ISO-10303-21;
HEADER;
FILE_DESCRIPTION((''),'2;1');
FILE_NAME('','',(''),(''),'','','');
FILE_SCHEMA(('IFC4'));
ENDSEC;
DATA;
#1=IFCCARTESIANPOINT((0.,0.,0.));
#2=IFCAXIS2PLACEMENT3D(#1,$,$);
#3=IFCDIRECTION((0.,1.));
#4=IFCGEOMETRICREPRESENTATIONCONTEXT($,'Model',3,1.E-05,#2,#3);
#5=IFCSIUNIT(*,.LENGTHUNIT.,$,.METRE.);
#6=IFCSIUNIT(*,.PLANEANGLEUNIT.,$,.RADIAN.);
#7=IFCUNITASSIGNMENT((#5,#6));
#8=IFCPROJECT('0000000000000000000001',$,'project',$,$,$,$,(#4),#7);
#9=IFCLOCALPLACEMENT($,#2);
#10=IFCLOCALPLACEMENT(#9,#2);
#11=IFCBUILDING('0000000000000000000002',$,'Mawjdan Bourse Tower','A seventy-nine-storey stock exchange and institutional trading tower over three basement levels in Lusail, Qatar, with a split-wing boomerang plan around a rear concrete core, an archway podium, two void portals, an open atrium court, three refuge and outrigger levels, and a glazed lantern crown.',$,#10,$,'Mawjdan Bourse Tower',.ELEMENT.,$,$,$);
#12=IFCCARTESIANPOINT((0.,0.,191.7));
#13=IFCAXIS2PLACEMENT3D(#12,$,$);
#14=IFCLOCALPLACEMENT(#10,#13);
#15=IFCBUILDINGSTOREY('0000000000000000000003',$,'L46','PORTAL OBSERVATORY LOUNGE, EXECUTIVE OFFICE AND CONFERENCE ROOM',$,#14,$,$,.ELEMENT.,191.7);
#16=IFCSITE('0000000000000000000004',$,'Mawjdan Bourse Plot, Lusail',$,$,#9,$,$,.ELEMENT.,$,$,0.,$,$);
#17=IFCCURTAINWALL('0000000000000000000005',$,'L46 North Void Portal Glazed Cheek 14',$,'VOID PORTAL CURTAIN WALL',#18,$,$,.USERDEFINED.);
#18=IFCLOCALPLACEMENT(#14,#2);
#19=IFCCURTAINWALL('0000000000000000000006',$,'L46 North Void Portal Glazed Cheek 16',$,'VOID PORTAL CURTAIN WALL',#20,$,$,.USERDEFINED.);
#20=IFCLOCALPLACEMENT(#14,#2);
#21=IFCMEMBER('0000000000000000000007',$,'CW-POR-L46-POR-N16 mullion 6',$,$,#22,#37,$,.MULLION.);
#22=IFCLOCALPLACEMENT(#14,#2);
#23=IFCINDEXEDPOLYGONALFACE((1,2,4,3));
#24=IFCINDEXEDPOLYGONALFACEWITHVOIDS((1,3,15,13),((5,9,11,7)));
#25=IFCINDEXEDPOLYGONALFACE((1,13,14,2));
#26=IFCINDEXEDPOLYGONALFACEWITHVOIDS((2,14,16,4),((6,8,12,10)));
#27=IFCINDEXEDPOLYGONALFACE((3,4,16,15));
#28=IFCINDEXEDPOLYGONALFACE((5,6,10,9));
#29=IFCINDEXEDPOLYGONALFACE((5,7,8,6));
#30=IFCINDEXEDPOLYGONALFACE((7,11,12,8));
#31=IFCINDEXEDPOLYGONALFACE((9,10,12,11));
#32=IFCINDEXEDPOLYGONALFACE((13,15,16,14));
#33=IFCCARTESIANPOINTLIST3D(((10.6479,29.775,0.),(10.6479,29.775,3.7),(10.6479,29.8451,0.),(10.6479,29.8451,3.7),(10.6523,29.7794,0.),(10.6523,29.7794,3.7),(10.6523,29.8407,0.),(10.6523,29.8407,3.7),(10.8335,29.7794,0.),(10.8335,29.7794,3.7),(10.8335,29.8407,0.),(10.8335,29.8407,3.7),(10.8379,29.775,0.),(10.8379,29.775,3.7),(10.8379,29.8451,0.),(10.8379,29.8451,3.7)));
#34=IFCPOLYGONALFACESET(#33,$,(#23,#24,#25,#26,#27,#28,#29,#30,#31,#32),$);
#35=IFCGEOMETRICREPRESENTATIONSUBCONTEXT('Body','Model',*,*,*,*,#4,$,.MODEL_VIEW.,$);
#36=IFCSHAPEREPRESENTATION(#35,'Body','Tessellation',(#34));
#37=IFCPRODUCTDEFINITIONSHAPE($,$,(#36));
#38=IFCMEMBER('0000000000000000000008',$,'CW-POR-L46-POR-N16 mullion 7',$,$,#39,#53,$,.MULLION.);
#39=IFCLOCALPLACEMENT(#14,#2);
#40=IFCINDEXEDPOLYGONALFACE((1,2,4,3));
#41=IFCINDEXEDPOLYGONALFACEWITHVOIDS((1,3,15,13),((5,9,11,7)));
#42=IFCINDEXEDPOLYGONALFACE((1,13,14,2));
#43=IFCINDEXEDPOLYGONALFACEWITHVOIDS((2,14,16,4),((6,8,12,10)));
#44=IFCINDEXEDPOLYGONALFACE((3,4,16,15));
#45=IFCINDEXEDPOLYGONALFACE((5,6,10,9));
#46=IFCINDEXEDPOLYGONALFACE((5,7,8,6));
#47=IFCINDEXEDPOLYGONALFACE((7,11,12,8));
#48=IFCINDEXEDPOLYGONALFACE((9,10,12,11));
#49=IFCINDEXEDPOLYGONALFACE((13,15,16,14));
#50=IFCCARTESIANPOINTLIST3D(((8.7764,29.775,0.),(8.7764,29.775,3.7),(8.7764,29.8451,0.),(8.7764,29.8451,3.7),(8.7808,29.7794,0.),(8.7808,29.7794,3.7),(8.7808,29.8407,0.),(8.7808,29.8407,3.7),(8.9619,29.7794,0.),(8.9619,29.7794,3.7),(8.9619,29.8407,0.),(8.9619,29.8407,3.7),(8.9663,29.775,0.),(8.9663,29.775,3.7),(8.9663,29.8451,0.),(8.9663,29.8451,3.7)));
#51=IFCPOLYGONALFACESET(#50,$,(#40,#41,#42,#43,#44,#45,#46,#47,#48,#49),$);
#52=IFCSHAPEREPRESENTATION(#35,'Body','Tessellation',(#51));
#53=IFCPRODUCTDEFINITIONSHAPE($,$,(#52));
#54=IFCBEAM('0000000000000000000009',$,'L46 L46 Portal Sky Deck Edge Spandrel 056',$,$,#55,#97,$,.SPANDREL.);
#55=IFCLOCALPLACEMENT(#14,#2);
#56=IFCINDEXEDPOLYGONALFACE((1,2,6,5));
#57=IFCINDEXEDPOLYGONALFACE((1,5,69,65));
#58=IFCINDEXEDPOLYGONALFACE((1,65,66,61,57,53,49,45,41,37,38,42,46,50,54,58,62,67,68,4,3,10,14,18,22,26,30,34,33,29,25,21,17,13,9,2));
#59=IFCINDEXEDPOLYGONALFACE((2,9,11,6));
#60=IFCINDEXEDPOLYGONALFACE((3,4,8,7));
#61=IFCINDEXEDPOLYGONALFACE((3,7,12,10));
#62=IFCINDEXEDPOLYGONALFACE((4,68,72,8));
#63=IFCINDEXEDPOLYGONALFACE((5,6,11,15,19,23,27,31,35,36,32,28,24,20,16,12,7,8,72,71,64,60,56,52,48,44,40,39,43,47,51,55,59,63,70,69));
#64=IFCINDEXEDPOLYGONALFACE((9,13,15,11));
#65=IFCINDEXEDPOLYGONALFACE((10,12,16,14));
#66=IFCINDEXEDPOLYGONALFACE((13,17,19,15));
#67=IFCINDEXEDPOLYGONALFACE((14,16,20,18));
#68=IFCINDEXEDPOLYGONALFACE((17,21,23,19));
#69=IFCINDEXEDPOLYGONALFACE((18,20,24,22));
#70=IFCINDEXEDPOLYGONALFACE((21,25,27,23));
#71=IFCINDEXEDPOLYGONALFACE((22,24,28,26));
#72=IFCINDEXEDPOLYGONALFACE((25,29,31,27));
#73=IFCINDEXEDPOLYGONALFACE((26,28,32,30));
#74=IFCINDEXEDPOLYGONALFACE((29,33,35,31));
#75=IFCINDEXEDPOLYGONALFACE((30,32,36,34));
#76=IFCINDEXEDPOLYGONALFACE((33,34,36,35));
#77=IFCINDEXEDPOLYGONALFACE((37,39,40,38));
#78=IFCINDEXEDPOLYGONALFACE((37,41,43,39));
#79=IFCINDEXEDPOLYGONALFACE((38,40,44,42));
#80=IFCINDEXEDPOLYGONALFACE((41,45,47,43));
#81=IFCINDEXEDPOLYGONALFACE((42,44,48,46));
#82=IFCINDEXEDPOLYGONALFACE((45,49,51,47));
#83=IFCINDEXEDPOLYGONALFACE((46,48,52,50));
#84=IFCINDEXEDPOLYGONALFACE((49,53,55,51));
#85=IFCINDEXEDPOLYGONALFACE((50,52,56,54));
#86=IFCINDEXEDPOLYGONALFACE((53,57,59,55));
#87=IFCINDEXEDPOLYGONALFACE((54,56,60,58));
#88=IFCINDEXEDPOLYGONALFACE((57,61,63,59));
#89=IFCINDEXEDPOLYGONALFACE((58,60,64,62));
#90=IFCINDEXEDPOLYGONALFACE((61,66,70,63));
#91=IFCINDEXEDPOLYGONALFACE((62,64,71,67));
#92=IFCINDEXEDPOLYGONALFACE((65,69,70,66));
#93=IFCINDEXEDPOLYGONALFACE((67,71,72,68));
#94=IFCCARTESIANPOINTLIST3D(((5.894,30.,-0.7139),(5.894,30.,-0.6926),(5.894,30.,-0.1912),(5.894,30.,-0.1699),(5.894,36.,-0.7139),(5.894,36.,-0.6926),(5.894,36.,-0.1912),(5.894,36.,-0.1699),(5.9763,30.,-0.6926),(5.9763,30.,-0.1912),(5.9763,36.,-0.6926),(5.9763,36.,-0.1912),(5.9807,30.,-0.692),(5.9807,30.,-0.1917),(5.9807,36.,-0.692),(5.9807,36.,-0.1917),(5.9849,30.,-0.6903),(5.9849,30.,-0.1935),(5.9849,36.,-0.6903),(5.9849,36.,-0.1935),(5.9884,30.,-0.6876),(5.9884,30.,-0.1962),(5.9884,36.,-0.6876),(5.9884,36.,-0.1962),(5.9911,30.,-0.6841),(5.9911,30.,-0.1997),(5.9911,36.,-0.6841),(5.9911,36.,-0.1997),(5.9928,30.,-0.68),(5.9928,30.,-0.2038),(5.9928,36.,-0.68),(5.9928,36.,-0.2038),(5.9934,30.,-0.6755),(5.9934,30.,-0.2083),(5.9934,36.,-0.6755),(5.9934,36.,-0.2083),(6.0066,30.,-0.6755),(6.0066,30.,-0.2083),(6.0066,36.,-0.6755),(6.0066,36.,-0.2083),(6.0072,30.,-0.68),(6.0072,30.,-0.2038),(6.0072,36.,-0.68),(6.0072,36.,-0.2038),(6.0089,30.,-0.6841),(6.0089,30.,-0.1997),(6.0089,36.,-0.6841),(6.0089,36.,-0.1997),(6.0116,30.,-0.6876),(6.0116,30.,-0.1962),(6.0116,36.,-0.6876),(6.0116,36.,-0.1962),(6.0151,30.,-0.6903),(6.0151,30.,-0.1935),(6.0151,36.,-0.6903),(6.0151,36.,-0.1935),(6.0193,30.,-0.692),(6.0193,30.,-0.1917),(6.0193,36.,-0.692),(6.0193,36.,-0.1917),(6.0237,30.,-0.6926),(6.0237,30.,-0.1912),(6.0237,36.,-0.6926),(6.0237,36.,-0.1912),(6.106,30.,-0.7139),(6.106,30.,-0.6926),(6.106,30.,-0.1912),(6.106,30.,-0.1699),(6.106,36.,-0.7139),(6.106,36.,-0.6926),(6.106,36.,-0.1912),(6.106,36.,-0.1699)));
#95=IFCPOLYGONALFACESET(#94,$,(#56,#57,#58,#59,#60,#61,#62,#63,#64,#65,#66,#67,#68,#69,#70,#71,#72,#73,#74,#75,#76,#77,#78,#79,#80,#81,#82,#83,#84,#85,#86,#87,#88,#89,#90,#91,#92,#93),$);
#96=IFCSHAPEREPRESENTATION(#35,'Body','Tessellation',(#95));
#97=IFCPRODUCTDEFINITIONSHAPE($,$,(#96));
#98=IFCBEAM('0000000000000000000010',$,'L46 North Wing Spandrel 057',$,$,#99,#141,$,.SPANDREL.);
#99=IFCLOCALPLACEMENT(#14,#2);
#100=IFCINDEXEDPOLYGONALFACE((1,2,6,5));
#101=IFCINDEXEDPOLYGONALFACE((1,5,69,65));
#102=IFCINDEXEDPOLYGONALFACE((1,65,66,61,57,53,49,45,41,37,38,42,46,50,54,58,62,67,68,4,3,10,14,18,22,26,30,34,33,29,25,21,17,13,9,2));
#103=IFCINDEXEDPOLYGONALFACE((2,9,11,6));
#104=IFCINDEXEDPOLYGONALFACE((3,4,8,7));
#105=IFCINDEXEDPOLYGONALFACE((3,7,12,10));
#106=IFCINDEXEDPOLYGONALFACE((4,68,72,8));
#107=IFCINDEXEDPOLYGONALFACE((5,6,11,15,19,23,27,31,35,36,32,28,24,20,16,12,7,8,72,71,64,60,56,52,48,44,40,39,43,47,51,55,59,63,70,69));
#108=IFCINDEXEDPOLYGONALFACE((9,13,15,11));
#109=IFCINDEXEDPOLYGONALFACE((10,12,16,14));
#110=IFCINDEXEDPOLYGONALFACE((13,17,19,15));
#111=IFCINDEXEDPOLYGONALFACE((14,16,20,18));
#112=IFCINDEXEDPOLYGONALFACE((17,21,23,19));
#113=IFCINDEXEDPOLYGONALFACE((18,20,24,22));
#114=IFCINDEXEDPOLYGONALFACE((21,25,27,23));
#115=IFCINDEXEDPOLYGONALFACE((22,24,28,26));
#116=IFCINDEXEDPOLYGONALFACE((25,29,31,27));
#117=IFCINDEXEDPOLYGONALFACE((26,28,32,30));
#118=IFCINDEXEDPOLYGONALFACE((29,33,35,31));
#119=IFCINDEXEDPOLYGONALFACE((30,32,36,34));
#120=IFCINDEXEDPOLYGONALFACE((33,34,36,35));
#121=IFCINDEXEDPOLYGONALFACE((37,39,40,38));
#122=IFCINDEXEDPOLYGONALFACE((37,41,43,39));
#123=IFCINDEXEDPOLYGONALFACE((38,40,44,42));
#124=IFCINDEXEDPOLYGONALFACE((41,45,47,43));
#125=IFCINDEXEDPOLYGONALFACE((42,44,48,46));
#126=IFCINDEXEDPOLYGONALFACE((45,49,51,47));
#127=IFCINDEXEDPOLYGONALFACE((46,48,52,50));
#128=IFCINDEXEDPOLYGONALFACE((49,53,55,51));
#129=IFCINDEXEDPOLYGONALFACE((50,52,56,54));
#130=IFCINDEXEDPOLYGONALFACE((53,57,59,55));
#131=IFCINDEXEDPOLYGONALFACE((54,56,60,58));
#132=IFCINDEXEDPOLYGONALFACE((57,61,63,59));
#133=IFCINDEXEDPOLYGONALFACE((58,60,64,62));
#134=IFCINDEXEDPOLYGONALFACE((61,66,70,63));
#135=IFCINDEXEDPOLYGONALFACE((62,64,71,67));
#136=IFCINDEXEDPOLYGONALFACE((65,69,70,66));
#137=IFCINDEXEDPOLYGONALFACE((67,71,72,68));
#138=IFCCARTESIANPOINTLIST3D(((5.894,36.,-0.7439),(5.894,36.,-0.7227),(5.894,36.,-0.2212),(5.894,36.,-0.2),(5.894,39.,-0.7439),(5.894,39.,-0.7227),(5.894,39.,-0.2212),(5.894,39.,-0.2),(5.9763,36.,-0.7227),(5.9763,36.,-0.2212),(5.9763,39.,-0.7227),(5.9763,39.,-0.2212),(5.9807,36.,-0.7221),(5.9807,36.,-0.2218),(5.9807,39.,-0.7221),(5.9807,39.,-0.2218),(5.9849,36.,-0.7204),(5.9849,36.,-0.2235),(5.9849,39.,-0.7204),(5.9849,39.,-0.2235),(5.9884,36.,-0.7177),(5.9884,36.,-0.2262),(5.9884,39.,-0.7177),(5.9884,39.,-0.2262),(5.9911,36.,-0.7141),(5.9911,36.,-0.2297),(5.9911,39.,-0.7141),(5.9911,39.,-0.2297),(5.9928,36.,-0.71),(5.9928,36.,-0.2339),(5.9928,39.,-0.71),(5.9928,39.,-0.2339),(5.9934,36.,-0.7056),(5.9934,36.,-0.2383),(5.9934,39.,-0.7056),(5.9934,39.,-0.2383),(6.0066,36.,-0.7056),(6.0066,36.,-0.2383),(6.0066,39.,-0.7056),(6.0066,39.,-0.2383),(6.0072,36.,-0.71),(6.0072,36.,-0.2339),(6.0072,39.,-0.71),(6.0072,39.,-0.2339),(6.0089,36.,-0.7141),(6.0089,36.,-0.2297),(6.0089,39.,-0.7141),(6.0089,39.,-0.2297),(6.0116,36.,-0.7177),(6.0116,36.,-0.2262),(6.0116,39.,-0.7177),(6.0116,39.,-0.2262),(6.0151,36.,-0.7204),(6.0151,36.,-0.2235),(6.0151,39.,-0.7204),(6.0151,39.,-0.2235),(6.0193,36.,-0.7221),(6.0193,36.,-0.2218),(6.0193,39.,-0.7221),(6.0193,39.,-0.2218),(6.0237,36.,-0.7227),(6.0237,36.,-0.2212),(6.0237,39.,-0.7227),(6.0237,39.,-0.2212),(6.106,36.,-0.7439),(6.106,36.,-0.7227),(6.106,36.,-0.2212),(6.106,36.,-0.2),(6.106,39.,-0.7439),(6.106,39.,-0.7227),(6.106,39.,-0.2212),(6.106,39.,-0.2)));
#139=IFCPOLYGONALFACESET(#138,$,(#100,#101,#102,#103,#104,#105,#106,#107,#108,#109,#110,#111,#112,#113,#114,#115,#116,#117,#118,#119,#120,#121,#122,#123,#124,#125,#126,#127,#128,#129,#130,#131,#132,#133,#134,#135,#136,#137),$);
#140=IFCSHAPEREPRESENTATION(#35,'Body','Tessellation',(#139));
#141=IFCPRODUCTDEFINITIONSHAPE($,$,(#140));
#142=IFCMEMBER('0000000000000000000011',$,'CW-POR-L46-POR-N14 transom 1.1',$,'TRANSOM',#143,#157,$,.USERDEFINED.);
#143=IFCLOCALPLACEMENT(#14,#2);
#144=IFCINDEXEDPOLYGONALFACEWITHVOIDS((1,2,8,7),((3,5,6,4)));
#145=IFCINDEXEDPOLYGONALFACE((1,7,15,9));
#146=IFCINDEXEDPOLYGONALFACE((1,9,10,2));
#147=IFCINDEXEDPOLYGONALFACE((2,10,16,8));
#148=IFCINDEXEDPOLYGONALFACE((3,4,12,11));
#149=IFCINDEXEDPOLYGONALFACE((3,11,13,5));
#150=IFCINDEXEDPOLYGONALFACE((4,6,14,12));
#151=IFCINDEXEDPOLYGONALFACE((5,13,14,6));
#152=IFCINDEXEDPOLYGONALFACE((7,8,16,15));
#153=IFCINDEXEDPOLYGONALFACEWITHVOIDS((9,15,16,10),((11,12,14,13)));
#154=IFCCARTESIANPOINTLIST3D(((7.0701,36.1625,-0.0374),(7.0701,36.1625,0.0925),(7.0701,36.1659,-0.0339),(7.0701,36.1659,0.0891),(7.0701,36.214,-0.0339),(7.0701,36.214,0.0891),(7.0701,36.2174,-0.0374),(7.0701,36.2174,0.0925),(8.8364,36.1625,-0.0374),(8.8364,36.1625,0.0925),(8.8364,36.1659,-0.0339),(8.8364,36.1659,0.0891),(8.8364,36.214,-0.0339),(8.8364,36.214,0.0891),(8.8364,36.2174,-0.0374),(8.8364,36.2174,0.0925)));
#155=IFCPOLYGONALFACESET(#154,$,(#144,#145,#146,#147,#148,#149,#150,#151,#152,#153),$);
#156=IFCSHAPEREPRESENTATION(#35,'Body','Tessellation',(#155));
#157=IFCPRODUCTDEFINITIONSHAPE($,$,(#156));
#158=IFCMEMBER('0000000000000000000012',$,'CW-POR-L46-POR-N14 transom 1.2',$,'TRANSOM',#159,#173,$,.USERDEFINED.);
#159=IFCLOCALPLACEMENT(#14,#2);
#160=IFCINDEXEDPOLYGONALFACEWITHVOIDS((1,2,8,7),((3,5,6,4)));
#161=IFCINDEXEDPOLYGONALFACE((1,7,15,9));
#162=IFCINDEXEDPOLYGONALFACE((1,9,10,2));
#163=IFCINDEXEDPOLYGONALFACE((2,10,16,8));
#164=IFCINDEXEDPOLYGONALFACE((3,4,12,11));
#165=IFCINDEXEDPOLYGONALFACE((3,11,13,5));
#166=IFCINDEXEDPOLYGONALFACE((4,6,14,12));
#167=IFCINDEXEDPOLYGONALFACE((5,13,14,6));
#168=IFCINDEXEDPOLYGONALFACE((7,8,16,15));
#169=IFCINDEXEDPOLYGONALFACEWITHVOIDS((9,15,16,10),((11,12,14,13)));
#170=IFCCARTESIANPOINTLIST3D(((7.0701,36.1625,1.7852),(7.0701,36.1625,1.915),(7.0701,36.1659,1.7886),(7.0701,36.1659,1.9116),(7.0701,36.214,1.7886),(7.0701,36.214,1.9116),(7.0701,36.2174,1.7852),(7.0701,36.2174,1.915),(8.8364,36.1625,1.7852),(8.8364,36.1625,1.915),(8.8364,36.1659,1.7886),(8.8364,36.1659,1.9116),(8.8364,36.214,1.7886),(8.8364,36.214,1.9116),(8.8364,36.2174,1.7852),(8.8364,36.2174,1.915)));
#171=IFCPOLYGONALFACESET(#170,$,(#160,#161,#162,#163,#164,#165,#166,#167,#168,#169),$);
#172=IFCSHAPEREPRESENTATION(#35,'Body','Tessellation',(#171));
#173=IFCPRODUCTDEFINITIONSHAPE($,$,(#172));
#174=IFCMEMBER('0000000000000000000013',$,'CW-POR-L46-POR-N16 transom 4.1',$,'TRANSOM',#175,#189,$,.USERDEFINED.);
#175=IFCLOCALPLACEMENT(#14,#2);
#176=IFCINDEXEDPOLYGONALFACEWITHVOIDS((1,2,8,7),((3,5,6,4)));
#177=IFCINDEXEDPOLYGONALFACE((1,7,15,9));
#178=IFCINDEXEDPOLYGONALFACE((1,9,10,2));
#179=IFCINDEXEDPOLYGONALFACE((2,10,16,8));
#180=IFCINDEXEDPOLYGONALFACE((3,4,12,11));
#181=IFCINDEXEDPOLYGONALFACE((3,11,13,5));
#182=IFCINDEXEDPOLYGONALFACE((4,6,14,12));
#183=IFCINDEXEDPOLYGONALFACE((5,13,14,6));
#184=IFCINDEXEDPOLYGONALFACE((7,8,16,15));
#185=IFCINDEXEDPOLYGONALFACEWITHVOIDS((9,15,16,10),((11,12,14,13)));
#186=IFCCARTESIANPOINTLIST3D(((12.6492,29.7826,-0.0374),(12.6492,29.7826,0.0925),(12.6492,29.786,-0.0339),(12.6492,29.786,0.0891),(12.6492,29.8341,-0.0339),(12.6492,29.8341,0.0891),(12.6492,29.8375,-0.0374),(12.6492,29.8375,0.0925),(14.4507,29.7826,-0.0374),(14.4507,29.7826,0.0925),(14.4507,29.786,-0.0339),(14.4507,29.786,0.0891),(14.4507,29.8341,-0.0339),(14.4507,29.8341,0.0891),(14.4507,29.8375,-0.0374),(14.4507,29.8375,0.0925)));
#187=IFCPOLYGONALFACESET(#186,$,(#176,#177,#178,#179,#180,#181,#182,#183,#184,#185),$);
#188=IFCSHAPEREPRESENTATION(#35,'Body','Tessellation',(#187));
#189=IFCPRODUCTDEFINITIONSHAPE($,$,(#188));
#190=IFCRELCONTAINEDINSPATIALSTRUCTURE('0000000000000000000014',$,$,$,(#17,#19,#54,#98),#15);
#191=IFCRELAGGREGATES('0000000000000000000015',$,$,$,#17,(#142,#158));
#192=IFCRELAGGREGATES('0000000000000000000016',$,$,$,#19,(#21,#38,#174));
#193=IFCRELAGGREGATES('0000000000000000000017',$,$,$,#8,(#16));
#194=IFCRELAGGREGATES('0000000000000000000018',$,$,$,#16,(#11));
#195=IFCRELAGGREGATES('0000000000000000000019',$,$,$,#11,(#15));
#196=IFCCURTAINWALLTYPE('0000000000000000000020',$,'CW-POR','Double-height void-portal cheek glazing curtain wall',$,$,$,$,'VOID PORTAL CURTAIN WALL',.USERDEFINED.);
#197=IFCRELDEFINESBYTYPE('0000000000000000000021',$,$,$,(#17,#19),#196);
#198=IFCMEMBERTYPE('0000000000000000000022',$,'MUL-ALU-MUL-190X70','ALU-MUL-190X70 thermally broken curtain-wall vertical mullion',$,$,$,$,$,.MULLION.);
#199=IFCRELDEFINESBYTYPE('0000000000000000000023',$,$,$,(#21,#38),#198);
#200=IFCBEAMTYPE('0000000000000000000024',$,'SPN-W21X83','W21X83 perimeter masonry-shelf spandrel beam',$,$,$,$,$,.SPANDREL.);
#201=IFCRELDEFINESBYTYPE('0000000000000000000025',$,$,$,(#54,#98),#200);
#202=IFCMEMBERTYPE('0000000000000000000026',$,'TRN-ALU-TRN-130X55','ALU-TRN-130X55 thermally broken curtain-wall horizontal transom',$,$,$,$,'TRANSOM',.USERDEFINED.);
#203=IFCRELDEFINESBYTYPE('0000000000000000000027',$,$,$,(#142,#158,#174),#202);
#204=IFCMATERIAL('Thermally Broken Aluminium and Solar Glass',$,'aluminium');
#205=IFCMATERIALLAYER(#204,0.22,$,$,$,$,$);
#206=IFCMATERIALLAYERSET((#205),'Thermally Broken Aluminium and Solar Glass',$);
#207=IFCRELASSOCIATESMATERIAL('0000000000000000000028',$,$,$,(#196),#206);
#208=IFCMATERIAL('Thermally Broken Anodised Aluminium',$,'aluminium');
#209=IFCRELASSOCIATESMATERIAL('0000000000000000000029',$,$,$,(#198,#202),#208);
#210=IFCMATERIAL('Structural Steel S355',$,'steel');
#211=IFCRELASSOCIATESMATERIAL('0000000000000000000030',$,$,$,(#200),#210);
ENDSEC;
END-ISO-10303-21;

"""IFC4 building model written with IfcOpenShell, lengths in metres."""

from ifc_helpers import new_model, si_unit, direction, frame, origin, origin_2d, place, context, subcontext, project, spatial, hollow_rectangle, i_section, extrude, material, layer, layer_set, material_profile, profile_set, type_object, element, aggregate, save


model = new_model("IFC4")

# Units and contexts
model_context = context("Model", 3, precision=1e-05, world=origin(), true_north=direction((0.0, 1.0)))
body_context = subcontext(model_context, "Body", "Model", "MODEL_VIEW")
ifc_project = project(units=[si_unit("LENGTHUNIT", "METRE"), si_unit("PLANEANGLEUNIT", "RADIAN")], contexts=[model_context])

# Site, building, storey
site_placement = place(None, origin())
site = spatial("IfcSite", under=ifc_project, at=site_placement, Name="Mawjdan Bourse Plot, Lusail", CompositionType="ELEMENT", RefElevation=0.0)
building_placement = place(site_placement, origin())
building = spatial("IfcBuilding", under=site, at=building_placement, Name="Mawjdan Bourse Tower", Description="A seventy-nine-storey stock exchange and institutional trading tower over three basement levels in Lusail, Qatar, with a split-wing boomerang plan around a rear concrete core, an archway podium, two void portals, an open atrium court, three refuge and outrigger levels, and a glazed lantern crown.", LongName="Mawjdan Bourse Tower", CompositionType="ELEMENT")
storey_placement = place(building_placement, frame((0.0, 0.0, 191.7)))
storey = spatial("IfcBuildingStorey", under=building, at=storey_placement, Name="L46", Description="PORTAL OBSERVATORY LOUNGE, EXECUTIVE OFFICE AND CONFERENCE ROOM", CompositionType="ELEMENT", Elevation=191.7)

# Shared definitions
ifc_material_1 = material(Name="Structural Steel S355", Category="steel")

# Curtain wall
ifc_material_2 = material(Name="Thermally Broken Aluminium and Solar Glass", Category="aluminium")
ifc_layer_1 = layer(ifc_material_2, 0.22)
ifc_layer_set_1 = layer_set([ifc_layer_1], Name="Thermally Broken Aluminium and Solar Glass")
curtain_wall_type = type_object("IfcCurtainWallType", Name="CW-POR", Description="Double-height void-portal cheek glazing curtain wall", ElementType="VOID PORTAL CURTAIN WALL", PredefinedType="USERDEFINED", material=ifc_layer_set_1)
curtain_wall_1_placement = place(storey_placement, origin())
curtain_wall_1 = element("IfcCurtainWall", 1, at=curtain_wall_1_placement, inside=storey, type_object=curtain_wall_type, Name="L46 North Void Portal Glazed Cheek 14", ObjectType="VOID PORTAL CURTAIN WALL", PredefinedType="USERDEFINED")
ifc_material_3 = material(Name="Thermally Broken Anodised Aluminium", Category="aluminium")
ifc_material_profile_1 = material_profile(ifc_material_3, hollow_rectangle(XDim=0.0701, YDim=0.1899, WallThickness=0.0044, at=origin_2d()), Name="ALU-MUL-190X70")
ifc_profile_set_1 = profile_set([ifc_material_profile_1], Name="Thermally Broken Anodised Aluminium")
member_type_1 = type_object("IfcMemberType", Name="MUL-ALU-MUL-190X70", Description="ALU-MUL-190X70 thermally broken curtain-wall vertical mullion", PredefinedType="MULLION", material=ifc_profile_set_1)

# Curtain wall, members
curtain_wall_2_placement = place(storey_placement, origin())
curtain_wall_2 = element("IfcCurtainWall", 2, at=curtain_wall_2_placement, inside=storey, type_object=curtain_wall_type, Name="L46 North Void Portal Glazed Cheek 16", ObjectType="VOID PORTAL CURTAIN WALL", PredefinedType="USERDEFINED")
member_1_placement = place(storey_placement, frame((10.7429, 29.8101, 0.0), z_axis=(0.0, 0.0, 1.0), x_axis=(0.0, -1.0, 0.0)))
member_1 = element("IfcMember", 3, at=member_1_placement, type_object=member_type_1, Name="CW-POR-L46-POR-N16 mullion 6", PredefinedType="MULLION", context=body_context, shape_type="SweptSolid", body=[
    extrude(hollow_rectangle(XDim=0.0701, YDim=0.1899, WallThickness=0.0044, at=origin_2d()), origin(), (0.0, 0.0, 1.0), 3.7),
])
member_2_placement = place(storey_placement, frame((8.8713, 29.8101, 0.0), z_axis=(0.0, 0.0, 1.0), x_axis=(0.0, -1.0, 0.0)))
member_2 = element("IfcMember", 4, at=member_2_placement, type_object=member_type_1, Name="CW-POR-L46-POR-N16 mullion 7", PredefinedType="MULLION", context=body_context, shape_type="SweptSolid", body=[
    extrude(hollow_rectangle(XDim=0.0701, YDim=0.1899, WallThickness=0.0044, at=origin_2d()), origin(), (0.0, 0.0, 1.0), 3.7),
])

# Beams
ifc_material_profile_2 = material_profile(ifc_material_1, i_section(OverallWidth=0.2119, OverallDepth=0.5439, WebThickness=0.0132, FlangeThickness=0.0212, FilletRadius=0.0171, at=origin_2d()), Name="W21X83")
ifc_profile_set_2 = profile_set([ifc_material_profile_2], Name="Structural Steel S355")
beam_type_1 = type_object("IfcBeamType", Name="SPN-W21X83", Description="W21X83 perimeter masonry-shelf spandrel beam", PredefinedType="SPANDREL", material=ifc_profile_set_2)
beam_1_placement = place(storey_placement, frame((6.0, 30.0, -0.4419), z_axis=(0.0, 1.0, 0.0), x_axis=(-1.0, 0.0, 0.0)))
element("IfcBeam", 5, at=beam_1_placement, inside=storey, type_object=beam_type_1, Name="L46 L46 Portal Sky Deck Edge Spandrel 056", PredefinedType="SPANDREL", context=body_context, shape_type="SweptSolid", body=[
    extrude(i_section(OverallWidth=0.2119, OverallDepth=0.5439, WebThickness=0.0132, FlangeThickness=0.0212, FilletRadius=0.0171, at=origin_2d()), origin(), (0.0, 0.0, 1.0), 6.0),
])
beam_2_placement = place(storey_placement, frame((6.0, 36.0, -0.4719), z_axis=(0.0, 1.0, 0.0), x_axis=(-1.0, 0.0, 0.0)))
element("IfcBeam", 6, at=beam_2_placement, inside=storey, type_object=beam_type_1, Name="L46 North Wing Spandrel 057", PredefinedType="SPANDREL", context=body_context, shape_type="SweptSolid", body=[
    extrude(i_section(OverallWidth=0.2119, OverallDepth=0.5439, WebThickness=0.0132, FlangeThickness=0.0212, FilletRadius=0.0171, at=origin_2d()), origin(), (0.0, 0.0, 1.0), 3.0),
])

# Members
ifc_material_profile_3 = material_profile(ifc_material_3, hollow_rectangle(XDim=0.0549, YDim=0.1299, WallThickness=0.0034, at=origin_2d()), Name="ALU-TRN-130X55")
ifc_profile_set_3 = profile_set([ifc_material_profile_3], Name="Thermally Broken Anodised Aluminium")
member_type_2 = type_object("IfcMemberType", Name="TRN-ALU-TRN-130X55", Description="ALU-TRN-130X55 thermally broken curtain-wall horizontal transom", ElementType="TRANSOM", PredefinedType="USERDEFINED", material=ifc_profile_set_3)
member_3_placement = place(storey_placement, frame((7.0701, 36.1899, 0.0276), z_axis=(1.0, 0.0, 0.0), x_axis=(0.0, 1.0, 0.0)))
member_3 = element("IfcMember", 7, at=member_3_placement, type_object=member_type_2, Name="CW-POR-L46-POR-N14 transom 1.1", ObjectType="TRANSOM", PredefinedType="USERDEFINED", context=body_context, shape_type="SweptSolid", body=[
    extrude(hollow_rectangle(XDim=0.0549, YDim=0.1299, WallThickness=0.0034, at=origin_2d()), origin(), (0.0, 0.0, 1.0), 1.7664),
])
member_4_placement = place(storey_placement, frame((7.0701, 36.1899, 1.8501), z_axis=(1.0, 0.0, 0.0), x_axis=(0.0, 1.0, 0.0)))
member_4 = element("IfcMember", 8, at=member_4_placement, type_object=member_type_2, Name="CW-POR-L46-POR-N14 transom 1.2", ObjectType="TRANSOM", PredefinedType="USERDEFINED", context=body_context, shape_type="SweptSolid", body=[
    extrude(hollow_rectangle(XDim=0.0549, YDim=0.1299, WallThickness=0.0034, at=origin_2d()), origin(), (0.0, 0.0, 1.0), 1.7664),
])
aggregate(curtain_wall_1, [member_3, member_4])
member_5_placement = place(storey_placement, frame((14.4507, 29.8101, 0.0276), z_axis=(-1.0, 0.0, 0.0), x_axis=(0.0, -1.0, 0.0)))
member_5 = element("IfcMember", 9, at=member_5_placement, type_object=member_type_2, Name="CW-POR-L46-POR-N16 transom 4.1", ObjectType="TRANSOM", PredefinedType="USERDEFINED", context=body_context, shape_type="SweptSolid", body=[
    extrude(hollow_rectangle(XDim=0.0549, YDim=0.1299, WallThickness=0.0034, at=origin_2d()), origin(), (0.0, 0.0, 1.0), 1.8015),
])

aggregate(curtain_wall_2, [member_1, member_2, member_5])

save(model, "model.ifc")
